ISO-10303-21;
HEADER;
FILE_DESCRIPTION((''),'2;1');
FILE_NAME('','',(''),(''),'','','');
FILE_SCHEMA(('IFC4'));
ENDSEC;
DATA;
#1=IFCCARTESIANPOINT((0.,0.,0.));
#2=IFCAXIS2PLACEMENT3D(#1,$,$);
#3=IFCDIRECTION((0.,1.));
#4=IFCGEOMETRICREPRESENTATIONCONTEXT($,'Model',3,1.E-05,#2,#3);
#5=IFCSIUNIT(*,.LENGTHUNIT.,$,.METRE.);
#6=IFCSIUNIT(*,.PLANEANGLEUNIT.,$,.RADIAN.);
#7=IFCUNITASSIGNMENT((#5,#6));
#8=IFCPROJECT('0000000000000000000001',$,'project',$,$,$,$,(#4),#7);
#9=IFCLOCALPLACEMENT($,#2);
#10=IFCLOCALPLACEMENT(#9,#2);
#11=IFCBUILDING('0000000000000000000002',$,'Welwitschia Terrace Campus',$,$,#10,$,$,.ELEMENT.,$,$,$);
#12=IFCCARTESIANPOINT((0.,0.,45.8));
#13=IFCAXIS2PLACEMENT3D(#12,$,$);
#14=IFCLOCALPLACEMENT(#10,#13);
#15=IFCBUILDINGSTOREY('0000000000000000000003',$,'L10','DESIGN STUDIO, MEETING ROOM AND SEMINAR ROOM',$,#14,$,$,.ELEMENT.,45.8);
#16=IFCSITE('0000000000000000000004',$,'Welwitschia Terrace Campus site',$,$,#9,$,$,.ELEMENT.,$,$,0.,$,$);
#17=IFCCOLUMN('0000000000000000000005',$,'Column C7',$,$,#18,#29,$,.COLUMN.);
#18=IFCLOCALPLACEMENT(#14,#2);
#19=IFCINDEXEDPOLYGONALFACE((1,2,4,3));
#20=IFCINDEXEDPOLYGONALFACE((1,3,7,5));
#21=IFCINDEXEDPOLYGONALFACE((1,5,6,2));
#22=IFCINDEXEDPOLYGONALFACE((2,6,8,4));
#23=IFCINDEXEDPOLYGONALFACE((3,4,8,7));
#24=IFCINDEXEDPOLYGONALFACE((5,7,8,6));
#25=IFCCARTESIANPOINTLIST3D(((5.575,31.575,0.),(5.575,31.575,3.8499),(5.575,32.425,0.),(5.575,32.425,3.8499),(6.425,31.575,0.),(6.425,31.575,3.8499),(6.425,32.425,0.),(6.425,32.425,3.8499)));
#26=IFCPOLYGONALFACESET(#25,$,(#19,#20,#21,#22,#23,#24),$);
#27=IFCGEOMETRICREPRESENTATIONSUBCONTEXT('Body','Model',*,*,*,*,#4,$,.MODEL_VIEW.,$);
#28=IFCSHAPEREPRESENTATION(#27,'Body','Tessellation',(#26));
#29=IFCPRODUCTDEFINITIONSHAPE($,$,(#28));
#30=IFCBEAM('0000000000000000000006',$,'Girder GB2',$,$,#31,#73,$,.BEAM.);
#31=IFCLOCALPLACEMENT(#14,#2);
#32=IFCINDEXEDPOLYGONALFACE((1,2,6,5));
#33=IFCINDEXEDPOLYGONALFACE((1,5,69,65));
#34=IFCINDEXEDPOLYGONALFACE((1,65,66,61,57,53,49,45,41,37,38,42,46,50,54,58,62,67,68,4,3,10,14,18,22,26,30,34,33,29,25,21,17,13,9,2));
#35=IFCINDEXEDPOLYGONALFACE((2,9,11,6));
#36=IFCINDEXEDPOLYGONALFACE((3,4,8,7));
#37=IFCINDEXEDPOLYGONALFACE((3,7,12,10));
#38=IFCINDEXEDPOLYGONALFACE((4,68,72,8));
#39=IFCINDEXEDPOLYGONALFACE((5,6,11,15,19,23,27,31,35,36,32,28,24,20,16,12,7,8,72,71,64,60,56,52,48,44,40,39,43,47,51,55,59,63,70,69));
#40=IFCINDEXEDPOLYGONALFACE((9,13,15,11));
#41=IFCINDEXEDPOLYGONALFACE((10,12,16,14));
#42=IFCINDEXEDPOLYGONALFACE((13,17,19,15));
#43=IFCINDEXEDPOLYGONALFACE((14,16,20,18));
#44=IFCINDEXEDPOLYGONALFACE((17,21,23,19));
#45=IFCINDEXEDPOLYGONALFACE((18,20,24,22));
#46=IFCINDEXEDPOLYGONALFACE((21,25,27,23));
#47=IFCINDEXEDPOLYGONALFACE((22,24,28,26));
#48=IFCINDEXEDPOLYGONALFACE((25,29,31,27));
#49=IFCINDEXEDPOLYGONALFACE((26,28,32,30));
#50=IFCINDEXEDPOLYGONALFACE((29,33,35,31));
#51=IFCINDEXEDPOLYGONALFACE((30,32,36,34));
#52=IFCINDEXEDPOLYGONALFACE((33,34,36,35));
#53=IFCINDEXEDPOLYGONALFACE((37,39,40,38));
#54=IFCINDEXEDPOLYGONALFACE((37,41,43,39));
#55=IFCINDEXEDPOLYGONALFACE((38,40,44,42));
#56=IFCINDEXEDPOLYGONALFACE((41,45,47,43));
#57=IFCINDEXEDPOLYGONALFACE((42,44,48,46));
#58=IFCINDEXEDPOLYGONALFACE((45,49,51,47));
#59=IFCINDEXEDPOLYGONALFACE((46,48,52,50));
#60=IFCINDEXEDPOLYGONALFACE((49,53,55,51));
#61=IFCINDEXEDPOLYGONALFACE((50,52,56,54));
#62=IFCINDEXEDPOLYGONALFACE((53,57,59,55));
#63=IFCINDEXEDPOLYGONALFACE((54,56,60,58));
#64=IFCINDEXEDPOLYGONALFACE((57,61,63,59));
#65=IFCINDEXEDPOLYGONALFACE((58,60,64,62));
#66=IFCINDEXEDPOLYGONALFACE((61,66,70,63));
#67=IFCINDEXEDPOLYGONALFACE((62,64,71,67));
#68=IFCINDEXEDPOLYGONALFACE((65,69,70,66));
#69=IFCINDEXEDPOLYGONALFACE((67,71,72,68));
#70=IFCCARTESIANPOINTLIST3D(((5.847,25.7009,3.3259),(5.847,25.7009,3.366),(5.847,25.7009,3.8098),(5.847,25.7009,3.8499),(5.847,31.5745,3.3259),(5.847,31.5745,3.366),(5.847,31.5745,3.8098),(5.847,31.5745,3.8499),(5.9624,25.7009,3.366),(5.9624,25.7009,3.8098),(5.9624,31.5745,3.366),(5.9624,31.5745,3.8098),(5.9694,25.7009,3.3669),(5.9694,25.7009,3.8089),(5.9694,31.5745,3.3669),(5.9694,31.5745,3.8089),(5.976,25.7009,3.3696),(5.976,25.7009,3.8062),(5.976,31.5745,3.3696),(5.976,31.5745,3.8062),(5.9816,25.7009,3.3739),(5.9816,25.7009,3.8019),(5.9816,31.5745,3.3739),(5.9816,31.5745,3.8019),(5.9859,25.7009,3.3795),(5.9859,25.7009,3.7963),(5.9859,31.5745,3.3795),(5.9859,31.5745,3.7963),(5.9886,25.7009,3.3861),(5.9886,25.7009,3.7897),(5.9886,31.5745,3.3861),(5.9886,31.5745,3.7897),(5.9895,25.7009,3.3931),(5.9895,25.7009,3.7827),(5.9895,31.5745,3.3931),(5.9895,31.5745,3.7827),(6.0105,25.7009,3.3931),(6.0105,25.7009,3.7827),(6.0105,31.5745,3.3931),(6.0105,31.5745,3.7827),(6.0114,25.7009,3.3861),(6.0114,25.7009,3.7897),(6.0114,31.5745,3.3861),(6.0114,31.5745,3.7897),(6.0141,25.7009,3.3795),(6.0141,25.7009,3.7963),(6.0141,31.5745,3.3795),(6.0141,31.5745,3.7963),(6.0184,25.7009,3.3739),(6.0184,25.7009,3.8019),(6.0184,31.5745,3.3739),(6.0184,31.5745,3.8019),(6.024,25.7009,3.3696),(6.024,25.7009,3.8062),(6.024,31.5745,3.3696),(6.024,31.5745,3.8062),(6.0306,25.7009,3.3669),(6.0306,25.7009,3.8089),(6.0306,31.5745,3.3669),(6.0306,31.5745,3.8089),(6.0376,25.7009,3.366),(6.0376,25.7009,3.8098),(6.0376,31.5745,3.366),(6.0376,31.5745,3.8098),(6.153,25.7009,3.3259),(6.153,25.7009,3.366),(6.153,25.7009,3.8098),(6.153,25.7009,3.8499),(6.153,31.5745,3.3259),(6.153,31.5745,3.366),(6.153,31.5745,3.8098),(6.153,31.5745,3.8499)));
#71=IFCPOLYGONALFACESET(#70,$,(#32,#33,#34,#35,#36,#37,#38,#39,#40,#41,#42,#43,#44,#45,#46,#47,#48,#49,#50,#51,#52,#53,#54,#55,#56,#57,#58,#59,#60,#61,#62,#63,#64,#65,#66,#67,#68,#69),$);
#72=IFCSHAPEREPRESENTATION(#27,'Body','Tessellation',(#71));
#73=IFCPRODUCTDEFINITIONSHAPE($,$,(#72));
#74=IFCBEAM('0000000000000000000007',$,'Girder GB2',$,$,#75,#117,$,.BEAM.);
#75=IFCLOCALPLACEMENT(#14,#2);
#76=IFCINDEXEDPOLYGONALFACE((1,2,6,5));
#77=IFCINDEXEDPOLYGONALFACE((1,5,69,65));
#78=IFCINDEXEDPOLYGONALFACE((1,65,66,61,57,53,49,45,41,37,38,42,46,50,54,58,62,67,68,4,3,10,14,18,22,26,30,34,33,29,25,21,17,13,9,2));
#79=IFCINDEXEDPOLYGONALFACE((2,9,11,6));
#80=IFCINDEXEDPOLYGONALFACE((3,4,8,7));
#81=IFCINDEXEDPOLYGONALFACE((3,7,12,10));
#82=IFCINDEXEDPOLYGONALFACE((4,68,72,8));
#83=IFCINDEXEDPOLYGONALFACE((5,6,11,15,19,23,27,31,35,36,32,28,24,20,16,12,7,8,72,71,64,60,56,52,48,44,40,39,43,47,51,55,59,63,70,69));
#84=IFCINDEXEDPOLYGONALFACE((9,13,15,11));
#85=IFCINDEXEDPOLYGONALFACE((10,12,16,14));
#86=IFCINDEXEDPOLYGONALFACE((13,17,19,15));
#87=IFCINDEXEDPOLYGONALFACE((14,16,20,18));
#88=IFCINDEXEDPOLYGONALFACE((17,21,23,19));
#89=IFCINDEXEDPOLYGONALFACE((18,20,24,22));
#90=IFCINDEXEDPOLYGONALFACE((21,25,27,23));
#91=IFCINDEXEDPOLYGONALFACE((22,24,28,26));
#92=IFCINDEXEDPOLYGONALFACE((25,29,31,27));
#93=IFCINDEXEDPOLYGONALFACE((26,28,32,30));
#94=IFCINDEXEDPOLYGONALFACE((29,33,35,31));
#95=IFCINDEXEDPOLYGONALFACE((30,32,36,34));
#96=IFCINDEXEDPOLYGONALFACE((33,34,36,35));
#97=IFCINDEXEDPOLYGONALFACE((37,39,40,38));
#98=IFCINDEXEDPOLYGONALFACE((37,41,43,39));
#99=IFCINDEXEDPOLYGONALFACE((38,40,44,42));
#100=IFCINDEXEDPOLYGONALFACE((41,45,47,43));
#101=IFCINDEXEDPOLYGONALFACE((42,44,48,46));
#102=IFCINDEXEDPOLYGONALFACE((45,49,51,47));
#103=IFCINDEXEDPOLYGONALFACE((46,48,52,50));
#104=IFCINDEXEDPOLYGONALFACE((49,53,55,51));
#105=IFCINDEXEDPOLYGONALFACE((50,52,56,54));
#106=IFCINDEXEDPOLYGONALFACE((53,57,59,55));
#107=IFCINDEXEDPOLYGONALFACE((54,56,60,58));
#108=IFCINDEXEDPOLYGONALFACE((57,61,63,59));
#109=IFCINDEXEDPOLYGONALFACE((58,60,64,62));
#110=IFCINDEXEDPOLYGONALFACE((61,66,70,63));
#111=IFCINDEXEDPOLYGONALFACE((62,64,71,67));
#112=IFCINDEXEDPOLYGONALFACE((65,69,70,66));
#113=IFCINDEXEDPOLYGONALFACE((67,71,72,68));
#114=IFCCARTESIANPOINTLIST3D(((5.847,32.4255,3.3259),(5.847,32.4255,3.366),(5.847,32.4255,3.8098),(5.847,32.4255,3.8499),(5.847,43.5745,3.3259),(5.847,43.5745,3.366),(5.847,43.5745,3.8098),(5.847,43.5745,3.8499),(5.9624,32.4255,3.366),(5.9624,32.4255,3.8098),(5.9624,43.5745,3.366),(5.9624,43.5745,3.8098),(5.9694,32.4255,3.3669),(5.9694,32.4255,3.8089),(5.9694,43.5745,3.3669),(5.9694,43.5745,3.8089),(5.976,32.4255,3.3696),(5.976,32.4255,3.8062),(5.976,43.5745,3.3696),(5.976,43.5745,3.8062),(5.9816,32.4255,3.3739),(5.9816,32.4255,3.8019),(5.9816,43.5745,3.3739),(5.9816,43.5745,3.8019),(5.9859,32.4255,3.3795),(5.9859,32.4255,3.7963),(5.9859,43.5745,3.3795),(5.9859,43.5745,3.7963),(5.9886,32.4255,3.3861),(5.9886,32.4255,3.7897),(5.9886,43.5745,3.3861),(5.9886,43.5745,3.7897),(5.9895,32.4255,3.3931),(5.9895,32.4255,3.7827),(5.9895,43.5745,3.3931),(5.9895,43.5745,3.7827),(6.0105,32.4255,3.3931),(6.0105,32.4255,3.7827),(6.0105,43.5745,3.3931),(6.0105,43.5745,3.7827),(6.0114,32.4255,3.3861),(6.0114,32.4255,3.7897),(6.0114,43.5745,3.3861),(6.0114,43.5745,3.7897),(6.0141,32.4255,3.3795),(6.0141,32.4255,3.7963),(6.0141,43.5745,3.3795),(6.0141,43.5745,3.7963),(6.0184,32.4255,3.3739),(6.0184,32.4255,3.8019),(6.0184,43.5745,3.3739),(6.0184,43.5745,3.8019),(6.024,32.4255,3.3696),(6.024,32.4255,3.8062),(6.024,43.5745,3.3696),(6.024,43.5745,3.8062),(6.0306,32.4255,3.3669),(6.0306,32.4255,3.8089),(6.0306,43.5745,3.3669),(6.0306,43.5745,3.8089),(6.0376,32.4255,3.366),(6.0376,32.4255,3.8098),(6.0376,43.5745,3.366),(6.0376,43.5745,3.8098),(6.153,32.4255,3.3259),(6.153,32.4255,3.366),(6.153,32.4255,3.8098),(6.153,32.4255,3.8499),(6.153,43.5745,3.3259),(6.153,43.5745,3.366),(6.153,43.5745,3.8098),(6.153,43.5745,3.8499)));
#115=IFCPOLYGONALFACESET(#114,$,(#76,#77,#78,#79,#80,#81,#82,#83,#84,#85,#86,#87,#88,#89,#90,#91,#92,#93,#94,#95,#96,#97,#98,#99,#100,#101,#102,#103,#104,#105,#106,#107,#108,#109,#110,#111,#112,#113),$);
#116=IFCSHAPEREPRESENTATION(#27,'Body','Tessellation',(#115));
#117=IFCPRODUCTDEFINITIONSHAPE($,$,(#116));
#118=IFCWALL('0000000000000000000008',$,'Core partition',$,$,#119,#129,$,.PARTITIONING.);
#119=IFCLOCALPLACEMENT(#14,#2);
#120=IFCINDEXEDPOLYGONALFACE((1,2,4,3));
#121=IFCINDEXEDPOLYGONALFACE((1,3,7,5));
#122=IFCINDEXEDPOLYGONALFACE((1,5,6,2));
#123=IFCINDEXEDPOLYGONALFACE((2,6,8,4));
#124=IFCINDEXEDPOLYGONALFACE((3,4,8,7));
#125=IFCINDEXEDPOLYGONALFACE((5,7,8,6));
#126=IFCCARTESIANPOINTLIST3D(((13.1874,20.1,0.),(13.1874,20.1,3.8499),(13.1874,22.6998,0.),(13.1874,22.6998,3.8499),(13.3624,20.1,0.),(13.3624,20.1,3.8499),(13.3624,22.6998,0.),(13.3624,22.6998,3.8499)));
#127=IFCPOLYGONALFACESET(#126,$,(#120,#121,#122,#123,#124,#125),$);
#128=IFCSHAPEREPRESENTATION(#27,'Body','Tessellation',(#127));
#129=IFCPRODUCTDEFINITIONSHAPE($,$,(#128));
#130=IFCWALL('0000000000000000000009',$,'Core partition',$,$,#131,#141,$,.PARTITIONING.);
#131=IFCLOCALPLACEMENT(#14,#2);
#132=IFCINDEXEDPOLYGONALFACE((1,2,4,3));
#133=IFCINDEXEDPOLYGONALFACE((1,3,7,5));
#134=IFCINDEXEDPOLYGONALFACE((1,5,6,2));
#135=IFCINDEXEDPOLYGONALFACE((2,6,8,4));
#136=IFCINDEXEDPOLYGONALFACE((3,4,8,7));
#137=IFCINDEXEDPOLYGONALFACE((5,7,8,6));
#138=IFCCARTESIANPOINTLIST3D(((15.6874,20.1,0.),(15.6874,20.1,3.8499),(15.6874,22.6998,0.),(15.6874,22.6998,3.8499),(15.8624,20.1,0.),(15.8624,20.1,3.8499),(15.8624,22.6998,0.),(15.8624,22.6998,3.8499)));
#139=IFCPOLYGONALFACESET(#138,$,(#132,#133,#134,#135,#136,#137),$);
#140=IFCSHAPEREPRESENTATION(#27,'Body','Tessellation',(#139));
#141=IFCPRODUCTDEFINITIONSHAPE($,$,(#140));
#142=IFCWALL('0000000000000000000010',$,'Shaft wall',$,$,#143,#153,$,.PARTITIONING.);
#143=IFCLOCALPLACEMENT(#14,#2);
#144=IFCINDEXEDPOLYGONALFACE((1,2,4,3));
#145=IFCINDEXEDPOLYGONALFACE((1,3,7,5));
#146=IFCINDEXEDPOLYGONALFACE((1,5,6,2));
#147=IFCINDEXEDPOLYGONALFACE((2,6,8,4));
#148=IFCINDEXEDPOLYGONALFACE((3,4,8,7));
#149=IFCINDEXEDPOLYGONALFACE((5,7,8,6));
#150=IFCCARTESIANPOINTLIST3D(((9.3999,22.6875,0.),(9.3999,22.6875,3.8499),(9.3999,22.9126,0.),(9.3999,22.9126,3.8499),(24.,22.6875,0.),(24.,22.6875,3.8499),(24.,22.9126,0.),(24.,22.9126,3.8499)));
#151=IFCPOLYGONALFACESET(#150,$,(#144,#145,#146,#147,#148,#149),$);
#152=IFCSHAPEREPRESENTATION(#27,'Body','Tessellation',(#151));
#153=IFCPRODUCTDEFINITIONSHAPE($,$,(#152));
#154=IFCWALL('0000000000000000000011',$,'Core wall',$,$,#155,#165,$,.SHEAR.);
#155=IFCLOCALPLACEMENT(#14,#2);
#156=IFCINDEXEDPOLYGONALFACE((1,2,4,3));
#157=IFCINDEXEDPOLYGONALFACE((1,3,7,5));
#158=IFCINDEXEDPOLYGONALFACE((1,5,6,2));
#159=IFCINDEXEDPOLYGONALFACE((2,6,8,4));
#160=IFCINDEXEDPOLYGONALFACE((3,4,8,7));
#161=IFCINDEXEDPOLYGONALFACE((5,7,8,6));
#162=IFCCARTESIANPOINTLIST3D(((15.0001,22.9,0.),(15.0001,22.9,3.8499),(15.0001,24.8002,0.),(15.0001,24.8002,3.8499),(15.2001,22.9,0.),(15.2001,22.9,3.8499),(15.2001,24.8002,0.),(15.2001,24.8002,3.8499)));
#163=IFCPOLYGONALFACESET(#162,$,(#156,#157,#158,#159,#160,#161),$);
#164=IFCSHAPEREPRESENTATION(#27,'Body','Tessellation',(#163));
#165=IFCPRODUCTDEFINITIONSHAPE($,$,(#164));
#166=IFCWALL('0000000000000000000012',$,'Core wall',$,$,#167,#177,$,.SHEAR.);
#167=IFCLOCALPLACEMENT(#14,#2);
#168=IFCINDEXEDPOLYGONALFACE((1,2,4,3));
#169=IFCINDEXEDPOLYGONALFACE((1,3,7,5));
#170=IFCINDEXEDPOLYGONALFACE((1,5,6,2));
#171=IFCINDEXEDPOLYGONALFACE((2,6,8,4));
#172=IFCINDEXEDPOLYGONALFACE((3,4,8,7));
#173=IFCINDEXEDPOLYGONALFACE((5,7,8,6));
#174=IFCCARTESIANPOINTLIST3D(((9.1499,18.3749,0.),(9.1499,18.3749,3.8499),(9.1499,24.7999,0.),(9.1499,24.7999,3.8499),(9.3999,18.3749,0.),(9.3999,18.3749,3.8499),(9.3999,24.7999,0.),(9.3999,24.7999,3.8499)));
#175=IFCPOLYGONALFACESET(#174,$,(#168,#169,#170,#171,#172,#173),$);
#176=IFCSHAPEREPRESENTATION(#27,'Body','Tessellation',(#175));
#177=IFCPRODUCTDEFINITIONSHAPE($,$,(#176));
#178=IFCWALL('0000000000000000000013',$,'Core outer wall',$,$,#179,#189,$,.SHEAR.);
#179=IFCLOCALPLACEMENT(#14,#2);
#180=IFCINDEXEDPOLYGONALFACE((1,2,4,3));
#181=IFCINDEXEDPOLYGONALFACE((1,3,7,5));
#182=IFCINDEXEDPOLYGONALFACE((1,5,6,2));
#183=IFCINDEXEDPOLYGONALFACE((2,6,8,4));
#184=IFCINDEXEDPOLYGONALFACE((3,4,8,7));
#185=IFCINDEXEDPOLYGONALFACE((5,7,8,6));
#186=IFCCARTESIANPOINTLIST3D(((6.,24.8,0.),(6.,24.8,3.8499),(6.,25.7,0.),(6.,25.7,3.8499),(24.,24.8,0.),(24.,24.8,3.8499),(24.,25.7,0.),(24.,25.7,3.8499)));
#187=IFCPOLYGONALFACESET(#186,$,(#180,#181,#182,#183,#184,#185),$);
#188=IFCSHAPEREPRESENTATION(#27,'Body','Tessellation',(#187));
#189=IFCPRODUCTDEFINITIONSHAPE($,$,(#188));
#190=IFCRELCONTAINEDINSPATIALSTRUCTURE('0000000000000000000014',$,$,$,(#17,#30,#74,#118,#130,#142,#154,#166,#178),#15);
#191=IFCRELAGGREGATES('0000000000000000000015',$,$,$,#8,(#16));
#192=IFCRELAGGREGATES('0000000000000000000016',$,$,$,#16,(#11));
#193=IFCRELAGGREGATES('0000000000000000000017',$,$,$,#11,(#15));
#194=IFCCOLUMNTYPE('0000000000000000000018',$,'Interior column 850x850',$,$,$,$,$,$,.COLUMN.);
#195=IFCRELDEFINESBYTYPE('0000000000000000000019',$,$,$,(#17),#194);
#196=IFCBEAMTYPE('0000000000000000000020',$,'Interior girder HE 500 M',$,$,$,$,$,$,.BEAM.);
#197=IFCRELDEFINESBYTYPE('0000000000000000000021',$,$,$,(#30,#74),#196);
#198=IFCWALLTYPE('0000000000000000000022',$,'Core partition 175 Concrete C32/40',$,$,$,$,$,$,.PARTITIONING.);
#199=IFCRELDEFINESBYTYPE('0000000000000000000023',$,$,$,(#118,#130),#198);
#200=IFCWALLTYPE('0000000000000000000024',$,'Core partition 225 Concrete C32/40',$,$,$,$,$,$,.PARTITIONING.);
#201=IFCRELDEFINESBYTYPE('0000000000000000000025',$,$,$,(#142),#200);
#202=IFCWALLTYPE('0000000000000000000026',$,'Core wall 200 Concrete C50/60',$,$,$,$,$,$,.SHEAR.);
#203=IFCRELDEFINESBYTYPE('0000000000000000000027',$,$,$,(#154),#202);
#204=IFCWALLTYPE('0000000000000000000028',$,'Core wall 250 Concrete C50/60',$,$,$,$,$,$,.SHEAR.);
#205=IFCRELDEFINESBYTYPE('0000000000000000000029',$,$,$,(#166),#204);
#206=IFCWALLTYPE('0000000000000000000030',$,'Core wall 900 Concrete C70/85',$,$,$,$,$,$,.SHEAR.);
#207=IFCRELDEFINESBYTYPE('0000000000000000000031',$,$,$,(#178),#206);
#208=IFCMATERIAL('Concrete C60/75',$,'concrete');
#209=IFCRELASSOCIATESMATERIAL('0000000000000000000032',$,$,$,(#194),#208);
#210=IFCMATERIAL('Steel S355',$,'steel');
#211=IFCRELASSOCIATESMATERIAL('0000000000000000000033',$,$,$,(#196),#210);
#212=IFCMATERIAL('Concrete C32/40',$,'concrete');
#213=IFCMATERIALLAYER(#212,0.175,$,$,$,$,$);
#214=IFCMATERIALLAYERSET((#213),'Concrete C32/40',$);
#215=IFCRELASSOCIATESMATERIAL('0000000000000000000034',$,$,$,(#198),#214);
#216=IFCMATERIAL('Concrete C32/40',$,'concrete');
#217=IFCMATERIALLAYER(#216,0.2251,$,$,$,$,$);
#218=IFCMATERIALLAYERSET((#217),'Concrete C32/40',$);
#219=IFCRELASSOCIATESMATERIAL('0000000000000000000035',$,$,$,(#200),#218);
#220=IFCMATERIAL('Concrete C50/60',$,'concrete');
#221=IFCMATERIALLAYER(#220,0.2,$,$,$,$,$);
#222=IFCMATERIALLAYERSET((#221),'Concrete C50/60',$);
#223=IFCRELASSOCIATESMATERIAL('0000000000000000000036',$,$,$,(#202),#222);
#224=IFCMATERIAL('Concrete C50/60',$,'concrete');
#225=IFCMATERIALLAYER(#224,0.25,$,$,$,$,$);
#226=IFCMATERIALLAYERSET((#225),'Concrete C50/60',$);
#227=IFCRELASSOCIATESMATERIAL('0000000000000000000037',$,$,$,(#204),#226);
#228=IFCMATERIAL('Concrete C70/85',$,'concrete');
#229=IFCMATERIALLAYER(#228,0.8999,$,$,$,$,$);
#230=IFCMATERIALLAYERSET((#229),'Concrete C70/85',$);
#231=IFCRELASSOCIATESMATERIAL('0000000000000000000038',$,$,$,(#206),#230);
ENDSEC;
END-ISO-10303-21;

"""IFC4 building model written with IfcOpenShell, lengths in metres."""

from ifc_helpers import new_model, si_unit, direction, frame, frame_2d, origin, origin_2d, place, context, subcontext, project, spatial, rectangle, i_section, extrude, material, layer, layer_set, material_profile, profile_set, type_object, element, save


model = new_model("IFC4")

# Units and contexts
model_context = context("Model", 3, precision=1e-05, world=origin(), true_north=direction((0.0, 1.0)))
body_context = subcontext(model_context, "Body", "Model", "MODEL_VIEW")
ifc_project = project(units=[si_unit("LENGTHUNIT", "METRE"), si_unit("PLANEANGLEUNIT", "RADIAN")], contexts=[model_context])

# Site, building, storey
site_placement = place(None, origin())
site = spatial("IfcSite", under=ifc_project, at=site_placement, Name="Welwitschia Terrace Campus site", CompositionType="ELEMENT", RefElevation=0.0)
building_placement = place(site_placement, origin())
building = spatial("IfcBuilding", under=site, at=building_placement, Name="Welwitschia Terrace Campus", CompositionType="ELEMENT")
storey_placement = place(building_placement, frame((0.0, 0.0, 45.8)))
storey = spatial("IfcBuildingStorey", under=building, at=storey_placement, Name="L10", Description="DESIGN STUDIO, MEETING ROOM AND SEMINAR ROOM", CompositionType="ELEMENT", Elevation=45.8)

# Column
ifc_material_1 = material(Name="Concrete C60/75", Category="concrete")
ifc_material_profile_1 = material_profile(ifc_material_1, rectangle(XDim=0.8501, YDim=0.8501, at=origin_2d()))
ifc_profile_set_1 = profile_set([ifc_material_profile_1], Name="Concrete C60/75")
column_type = type_object("IfcColumnType", Name="Interior column 850x850", PredefinedType="COLUMN", material=ifc_profile_set_1)
column_placement = place(storey_placement, frame((6.0, 32.0, 0.0), z_axis=(0.0, 0.0, 1.0), x_axis=(1.0, 0.0, 0.0)))
element("IfcColumn", 1, at=column_placement, inside=storey, type_object=column_type, Name="Column C7", PredefinedType="COLUMN", context=body_context, shape_type="SweptSolid", body=[
    extrude(rectangle(XDim=0.8501, YDim=0.8501, at=origin_2d()), origin(), (0.0, 0.0, 1.0), 3.8499),
])

# Beams
ifc_material_2 = material(Name="Steel S355", Category="steel")
ifc_material_profile_2 = material_profile(ifc_material_2, i_section(OverallWidth=0.3059, OverallDepth=0.5239, WebThickness=0.021, FlangeThickness=0.04, FilletRadius=0.0271, at=origin_2d()))
ifc_profile_set_2 = profile_set([ifc_material_profile_2], Name="Steel S355")
beam_type = type_object("IfcBeamType", Name="Interior girder HE 500 M", PredefinedType="BEAM", material=ifc_profile_set_2)
beam_1_placement = place(storey_placement, frame((6.0, 25.7009, 3.5879), z_axis=(0.0, 1.0, 0.0), x_axis=(-1.0, 0.0, 0.0)))
element("IfcBeam", 2, at=beam_1_placement, inside=storey, type_object=beam_type, Name="Girder GB2", PredefinedType="BEAM", context=body_context, shape_type="SweptSolid", body=[
    extrude(i_section(OverallWidth=0.3059, OverallDepth=0.5239, WebThickness=0.021, FlangeThickness=0.04, FilletRadius=0.0271, at=origin_2d()), origin(), (0.0, 0.0, 1.0), 5.8735),
])
beam_2_placement = place(storey_placement, frame((6.0, 32.4255, 3.5879), z_axis=(0.0, 1.0, 0.0), x_axis=(-1.0, 0.0, 0.0)))
element("IfcBeam", 3, at=beam_2_placement, inside=storey, type_object=beam_type, Name="Girder GB2", PredefinedType="BEAM", context=body_context, shape_type="SweptSolid", body=[
    extrude(i_section(OverallWidth=0.3059, OverallDepth=0.5239, WebThickness=0.021, FlangeThickness=0.04, FilletRadius=0.0271, at=origin_2d()), origin(), (0.0, 0.0, 1.0), 11.1489),
])

# Walls
ifc_material_3 = material(Name="Concrete C32/40", Category="concrete")
ifc_layer_1 = layer(ifc_material_3, 0.175)
ifc_layer_set_1 = layer_set([ifc_layer_1], Name="Concrete C32/40")
wall_type_1 = type_object("IfcWallType", Name="Core partition 175 Concrete C32/40", PredefinedType="PARTITIONING", material=ifc_layer_set_1)
for number, where, z_axis, x_axis, name in (
    (4, (13.2749, 20.1001, 0.0), (0.0, 0.0, 1.0), (0.0, 1.0, 0.0), "Core partition"),
    (5, (15.7749, 20.1001, 0.0), (0.0, 0.0, 1.0), (0.0, 1.0, 0.0), "Core partition"),
):
    element("IfcWall", number, at=place(storey_placement, frame(where, z_axis=z_axis, x_axis=x_axis)), inside=storey, type_object=wall_type_1, Name=name, PredefinedType="PARTITIONING", context=body_context, shape_type="SweptSolid", body=[
        extrude(rectangle(XDim=2.5999, YDim=0.175, at=frame_2d((1.2998, 0.0))), origin(), (0.0, 0.0, 1.0), 3.8499),
    ])
ifc_material_4 = material(Name="Concrete C32/40", Category="concrete")
ifc_layer_2 = layer(ifc_material_4, 0.2251)
ifc_layer_set_2 = layer_set([ifc_layer_2], Name="Concrete C32/40")
wall_type_2 = type_object("IfcWallType", Name="Core partition 225 Concrete C32/40", PredefinedType="PARTITIONING", material=ifc_layer_set_2)
wall_1_placement = place(storey_placement, frame((9.3999, 22.8, 0.0), z_axis=(0.0, 0.0, 1.0), x_axis=(1.0, 0.0, 0.0)))
element("IfcWall", 6, at=wall_1_placement, inside=storey, type_object=wall_type_2, Name="Shaft wall", PredefinedType="PARTITIONING", context=body_context, shape_type="SweptSolid", body=[
    extrude(rectangle(XDim=14.6001, YDim=0.2251, at=frame_2d((7.3, 0.0))), origin(), (0.0, 0.0, 1.0), 3.8499),
])
ifc_material_5 = material(Name="Concrete C50/60", Category="concrete")
ifc_layer_3 = layer(ifc_material_5, 0.2)
ifc_layer_set_3 = layer_set([ifc_layer_3], Name="Concrete C50/60")
wall_type_3 = type_object("IfcWallType", Name="Core wall 200 Concrete C50/60", PredefinedType="SHEAR", material=ifc_layer_set_3)
wall_2_placement = place(storey_placement, frame((15.1001, 22.8999, 0.0), z_axis=(0.0, 0.0, 1.0), x_axis=(0.0, 1.0, 0.0)))
element("IfcWall", 7, at=wall_2_placement, inside=storey, type_object=wall_type_3, Name="Core wall", PredefinedType="SHEAR", context=body_context, shape_type="SweptSolid", body=[
    extrude(rectangle(XDim=1.9001, YDim=0.2, at=frame_2d((0.9502, 0.0))), origin(), (0.0, 0.0, 1.0), 3.8499),
])
ifc_material_6 = material(Name="Concrete C50/60", Category="concrete")
ifc_layer_4 = layer(ifc_material_6, 0.25)
ifc_layer_set_4 = layer_set([ifc_layer_4], Name="Concrete C50/60")
wall_type_4 = type_object("IfcWallType", Name="Core wall 250 Concrete C50/60", PredefinedType="SHEAR", material=ifc_layer_set_4)
wall_3_placement = place(storey_placement, frame((9.2749, 18.375, 0.0), z_axis=(0.0, 0.0, 1.0), x_axis=(0.0, 1.0, 0.0)))
element("IfcWall", 8, at=wall_3_placement, inside=storey, type_object=wall_type_4, Name="Core wall", PredefinedType="SHEAR", context=body_context, shape_type="SweptSolid", body=[
    extrude(rectangle(XDim=6.425, YDim=0.25, at=frame_2d((3.2124, 0.0))), origin(), (0.0, 0.0, 1.0), 3.8499),
])
ifc_material_7 = material(Name="Concrete C70/85", Category="concrete")
ifc_layer_5 = layer(ifc_material_7, 0.8999)
ifc_layer_set_5 = layer_set([ifc_layer_5], Name="Concrete C70/85")
wall_type_5 = type_object("IfcWallType", Name="Core wall 900 Concrete C70/85", PredefinedType="SHEAR", material=ifc_layer_set_5)
wall_4_placement = place(storey_placement, frame((6.0, 25.25, 0.0), z_axis=(0.0, 0.0, 1.0), x_axis=(1.0, 0.0, 0.0)))
element("IfcWall", 9, at=wall_4_placement, inside=storey, type_object=wall_type_5, Name="Core outer wall", PredefinedType="SHEAR", context=body_context, shape_type="SweptSolid", body=[
    extrude(rectangle(XDim=18.0, YDim=0.8999, at=frame_2d((9.0, 0.0))), origin(), (0.0, 0.0, 1.0), 3.8499),
])

save(model, "model.ifc")
